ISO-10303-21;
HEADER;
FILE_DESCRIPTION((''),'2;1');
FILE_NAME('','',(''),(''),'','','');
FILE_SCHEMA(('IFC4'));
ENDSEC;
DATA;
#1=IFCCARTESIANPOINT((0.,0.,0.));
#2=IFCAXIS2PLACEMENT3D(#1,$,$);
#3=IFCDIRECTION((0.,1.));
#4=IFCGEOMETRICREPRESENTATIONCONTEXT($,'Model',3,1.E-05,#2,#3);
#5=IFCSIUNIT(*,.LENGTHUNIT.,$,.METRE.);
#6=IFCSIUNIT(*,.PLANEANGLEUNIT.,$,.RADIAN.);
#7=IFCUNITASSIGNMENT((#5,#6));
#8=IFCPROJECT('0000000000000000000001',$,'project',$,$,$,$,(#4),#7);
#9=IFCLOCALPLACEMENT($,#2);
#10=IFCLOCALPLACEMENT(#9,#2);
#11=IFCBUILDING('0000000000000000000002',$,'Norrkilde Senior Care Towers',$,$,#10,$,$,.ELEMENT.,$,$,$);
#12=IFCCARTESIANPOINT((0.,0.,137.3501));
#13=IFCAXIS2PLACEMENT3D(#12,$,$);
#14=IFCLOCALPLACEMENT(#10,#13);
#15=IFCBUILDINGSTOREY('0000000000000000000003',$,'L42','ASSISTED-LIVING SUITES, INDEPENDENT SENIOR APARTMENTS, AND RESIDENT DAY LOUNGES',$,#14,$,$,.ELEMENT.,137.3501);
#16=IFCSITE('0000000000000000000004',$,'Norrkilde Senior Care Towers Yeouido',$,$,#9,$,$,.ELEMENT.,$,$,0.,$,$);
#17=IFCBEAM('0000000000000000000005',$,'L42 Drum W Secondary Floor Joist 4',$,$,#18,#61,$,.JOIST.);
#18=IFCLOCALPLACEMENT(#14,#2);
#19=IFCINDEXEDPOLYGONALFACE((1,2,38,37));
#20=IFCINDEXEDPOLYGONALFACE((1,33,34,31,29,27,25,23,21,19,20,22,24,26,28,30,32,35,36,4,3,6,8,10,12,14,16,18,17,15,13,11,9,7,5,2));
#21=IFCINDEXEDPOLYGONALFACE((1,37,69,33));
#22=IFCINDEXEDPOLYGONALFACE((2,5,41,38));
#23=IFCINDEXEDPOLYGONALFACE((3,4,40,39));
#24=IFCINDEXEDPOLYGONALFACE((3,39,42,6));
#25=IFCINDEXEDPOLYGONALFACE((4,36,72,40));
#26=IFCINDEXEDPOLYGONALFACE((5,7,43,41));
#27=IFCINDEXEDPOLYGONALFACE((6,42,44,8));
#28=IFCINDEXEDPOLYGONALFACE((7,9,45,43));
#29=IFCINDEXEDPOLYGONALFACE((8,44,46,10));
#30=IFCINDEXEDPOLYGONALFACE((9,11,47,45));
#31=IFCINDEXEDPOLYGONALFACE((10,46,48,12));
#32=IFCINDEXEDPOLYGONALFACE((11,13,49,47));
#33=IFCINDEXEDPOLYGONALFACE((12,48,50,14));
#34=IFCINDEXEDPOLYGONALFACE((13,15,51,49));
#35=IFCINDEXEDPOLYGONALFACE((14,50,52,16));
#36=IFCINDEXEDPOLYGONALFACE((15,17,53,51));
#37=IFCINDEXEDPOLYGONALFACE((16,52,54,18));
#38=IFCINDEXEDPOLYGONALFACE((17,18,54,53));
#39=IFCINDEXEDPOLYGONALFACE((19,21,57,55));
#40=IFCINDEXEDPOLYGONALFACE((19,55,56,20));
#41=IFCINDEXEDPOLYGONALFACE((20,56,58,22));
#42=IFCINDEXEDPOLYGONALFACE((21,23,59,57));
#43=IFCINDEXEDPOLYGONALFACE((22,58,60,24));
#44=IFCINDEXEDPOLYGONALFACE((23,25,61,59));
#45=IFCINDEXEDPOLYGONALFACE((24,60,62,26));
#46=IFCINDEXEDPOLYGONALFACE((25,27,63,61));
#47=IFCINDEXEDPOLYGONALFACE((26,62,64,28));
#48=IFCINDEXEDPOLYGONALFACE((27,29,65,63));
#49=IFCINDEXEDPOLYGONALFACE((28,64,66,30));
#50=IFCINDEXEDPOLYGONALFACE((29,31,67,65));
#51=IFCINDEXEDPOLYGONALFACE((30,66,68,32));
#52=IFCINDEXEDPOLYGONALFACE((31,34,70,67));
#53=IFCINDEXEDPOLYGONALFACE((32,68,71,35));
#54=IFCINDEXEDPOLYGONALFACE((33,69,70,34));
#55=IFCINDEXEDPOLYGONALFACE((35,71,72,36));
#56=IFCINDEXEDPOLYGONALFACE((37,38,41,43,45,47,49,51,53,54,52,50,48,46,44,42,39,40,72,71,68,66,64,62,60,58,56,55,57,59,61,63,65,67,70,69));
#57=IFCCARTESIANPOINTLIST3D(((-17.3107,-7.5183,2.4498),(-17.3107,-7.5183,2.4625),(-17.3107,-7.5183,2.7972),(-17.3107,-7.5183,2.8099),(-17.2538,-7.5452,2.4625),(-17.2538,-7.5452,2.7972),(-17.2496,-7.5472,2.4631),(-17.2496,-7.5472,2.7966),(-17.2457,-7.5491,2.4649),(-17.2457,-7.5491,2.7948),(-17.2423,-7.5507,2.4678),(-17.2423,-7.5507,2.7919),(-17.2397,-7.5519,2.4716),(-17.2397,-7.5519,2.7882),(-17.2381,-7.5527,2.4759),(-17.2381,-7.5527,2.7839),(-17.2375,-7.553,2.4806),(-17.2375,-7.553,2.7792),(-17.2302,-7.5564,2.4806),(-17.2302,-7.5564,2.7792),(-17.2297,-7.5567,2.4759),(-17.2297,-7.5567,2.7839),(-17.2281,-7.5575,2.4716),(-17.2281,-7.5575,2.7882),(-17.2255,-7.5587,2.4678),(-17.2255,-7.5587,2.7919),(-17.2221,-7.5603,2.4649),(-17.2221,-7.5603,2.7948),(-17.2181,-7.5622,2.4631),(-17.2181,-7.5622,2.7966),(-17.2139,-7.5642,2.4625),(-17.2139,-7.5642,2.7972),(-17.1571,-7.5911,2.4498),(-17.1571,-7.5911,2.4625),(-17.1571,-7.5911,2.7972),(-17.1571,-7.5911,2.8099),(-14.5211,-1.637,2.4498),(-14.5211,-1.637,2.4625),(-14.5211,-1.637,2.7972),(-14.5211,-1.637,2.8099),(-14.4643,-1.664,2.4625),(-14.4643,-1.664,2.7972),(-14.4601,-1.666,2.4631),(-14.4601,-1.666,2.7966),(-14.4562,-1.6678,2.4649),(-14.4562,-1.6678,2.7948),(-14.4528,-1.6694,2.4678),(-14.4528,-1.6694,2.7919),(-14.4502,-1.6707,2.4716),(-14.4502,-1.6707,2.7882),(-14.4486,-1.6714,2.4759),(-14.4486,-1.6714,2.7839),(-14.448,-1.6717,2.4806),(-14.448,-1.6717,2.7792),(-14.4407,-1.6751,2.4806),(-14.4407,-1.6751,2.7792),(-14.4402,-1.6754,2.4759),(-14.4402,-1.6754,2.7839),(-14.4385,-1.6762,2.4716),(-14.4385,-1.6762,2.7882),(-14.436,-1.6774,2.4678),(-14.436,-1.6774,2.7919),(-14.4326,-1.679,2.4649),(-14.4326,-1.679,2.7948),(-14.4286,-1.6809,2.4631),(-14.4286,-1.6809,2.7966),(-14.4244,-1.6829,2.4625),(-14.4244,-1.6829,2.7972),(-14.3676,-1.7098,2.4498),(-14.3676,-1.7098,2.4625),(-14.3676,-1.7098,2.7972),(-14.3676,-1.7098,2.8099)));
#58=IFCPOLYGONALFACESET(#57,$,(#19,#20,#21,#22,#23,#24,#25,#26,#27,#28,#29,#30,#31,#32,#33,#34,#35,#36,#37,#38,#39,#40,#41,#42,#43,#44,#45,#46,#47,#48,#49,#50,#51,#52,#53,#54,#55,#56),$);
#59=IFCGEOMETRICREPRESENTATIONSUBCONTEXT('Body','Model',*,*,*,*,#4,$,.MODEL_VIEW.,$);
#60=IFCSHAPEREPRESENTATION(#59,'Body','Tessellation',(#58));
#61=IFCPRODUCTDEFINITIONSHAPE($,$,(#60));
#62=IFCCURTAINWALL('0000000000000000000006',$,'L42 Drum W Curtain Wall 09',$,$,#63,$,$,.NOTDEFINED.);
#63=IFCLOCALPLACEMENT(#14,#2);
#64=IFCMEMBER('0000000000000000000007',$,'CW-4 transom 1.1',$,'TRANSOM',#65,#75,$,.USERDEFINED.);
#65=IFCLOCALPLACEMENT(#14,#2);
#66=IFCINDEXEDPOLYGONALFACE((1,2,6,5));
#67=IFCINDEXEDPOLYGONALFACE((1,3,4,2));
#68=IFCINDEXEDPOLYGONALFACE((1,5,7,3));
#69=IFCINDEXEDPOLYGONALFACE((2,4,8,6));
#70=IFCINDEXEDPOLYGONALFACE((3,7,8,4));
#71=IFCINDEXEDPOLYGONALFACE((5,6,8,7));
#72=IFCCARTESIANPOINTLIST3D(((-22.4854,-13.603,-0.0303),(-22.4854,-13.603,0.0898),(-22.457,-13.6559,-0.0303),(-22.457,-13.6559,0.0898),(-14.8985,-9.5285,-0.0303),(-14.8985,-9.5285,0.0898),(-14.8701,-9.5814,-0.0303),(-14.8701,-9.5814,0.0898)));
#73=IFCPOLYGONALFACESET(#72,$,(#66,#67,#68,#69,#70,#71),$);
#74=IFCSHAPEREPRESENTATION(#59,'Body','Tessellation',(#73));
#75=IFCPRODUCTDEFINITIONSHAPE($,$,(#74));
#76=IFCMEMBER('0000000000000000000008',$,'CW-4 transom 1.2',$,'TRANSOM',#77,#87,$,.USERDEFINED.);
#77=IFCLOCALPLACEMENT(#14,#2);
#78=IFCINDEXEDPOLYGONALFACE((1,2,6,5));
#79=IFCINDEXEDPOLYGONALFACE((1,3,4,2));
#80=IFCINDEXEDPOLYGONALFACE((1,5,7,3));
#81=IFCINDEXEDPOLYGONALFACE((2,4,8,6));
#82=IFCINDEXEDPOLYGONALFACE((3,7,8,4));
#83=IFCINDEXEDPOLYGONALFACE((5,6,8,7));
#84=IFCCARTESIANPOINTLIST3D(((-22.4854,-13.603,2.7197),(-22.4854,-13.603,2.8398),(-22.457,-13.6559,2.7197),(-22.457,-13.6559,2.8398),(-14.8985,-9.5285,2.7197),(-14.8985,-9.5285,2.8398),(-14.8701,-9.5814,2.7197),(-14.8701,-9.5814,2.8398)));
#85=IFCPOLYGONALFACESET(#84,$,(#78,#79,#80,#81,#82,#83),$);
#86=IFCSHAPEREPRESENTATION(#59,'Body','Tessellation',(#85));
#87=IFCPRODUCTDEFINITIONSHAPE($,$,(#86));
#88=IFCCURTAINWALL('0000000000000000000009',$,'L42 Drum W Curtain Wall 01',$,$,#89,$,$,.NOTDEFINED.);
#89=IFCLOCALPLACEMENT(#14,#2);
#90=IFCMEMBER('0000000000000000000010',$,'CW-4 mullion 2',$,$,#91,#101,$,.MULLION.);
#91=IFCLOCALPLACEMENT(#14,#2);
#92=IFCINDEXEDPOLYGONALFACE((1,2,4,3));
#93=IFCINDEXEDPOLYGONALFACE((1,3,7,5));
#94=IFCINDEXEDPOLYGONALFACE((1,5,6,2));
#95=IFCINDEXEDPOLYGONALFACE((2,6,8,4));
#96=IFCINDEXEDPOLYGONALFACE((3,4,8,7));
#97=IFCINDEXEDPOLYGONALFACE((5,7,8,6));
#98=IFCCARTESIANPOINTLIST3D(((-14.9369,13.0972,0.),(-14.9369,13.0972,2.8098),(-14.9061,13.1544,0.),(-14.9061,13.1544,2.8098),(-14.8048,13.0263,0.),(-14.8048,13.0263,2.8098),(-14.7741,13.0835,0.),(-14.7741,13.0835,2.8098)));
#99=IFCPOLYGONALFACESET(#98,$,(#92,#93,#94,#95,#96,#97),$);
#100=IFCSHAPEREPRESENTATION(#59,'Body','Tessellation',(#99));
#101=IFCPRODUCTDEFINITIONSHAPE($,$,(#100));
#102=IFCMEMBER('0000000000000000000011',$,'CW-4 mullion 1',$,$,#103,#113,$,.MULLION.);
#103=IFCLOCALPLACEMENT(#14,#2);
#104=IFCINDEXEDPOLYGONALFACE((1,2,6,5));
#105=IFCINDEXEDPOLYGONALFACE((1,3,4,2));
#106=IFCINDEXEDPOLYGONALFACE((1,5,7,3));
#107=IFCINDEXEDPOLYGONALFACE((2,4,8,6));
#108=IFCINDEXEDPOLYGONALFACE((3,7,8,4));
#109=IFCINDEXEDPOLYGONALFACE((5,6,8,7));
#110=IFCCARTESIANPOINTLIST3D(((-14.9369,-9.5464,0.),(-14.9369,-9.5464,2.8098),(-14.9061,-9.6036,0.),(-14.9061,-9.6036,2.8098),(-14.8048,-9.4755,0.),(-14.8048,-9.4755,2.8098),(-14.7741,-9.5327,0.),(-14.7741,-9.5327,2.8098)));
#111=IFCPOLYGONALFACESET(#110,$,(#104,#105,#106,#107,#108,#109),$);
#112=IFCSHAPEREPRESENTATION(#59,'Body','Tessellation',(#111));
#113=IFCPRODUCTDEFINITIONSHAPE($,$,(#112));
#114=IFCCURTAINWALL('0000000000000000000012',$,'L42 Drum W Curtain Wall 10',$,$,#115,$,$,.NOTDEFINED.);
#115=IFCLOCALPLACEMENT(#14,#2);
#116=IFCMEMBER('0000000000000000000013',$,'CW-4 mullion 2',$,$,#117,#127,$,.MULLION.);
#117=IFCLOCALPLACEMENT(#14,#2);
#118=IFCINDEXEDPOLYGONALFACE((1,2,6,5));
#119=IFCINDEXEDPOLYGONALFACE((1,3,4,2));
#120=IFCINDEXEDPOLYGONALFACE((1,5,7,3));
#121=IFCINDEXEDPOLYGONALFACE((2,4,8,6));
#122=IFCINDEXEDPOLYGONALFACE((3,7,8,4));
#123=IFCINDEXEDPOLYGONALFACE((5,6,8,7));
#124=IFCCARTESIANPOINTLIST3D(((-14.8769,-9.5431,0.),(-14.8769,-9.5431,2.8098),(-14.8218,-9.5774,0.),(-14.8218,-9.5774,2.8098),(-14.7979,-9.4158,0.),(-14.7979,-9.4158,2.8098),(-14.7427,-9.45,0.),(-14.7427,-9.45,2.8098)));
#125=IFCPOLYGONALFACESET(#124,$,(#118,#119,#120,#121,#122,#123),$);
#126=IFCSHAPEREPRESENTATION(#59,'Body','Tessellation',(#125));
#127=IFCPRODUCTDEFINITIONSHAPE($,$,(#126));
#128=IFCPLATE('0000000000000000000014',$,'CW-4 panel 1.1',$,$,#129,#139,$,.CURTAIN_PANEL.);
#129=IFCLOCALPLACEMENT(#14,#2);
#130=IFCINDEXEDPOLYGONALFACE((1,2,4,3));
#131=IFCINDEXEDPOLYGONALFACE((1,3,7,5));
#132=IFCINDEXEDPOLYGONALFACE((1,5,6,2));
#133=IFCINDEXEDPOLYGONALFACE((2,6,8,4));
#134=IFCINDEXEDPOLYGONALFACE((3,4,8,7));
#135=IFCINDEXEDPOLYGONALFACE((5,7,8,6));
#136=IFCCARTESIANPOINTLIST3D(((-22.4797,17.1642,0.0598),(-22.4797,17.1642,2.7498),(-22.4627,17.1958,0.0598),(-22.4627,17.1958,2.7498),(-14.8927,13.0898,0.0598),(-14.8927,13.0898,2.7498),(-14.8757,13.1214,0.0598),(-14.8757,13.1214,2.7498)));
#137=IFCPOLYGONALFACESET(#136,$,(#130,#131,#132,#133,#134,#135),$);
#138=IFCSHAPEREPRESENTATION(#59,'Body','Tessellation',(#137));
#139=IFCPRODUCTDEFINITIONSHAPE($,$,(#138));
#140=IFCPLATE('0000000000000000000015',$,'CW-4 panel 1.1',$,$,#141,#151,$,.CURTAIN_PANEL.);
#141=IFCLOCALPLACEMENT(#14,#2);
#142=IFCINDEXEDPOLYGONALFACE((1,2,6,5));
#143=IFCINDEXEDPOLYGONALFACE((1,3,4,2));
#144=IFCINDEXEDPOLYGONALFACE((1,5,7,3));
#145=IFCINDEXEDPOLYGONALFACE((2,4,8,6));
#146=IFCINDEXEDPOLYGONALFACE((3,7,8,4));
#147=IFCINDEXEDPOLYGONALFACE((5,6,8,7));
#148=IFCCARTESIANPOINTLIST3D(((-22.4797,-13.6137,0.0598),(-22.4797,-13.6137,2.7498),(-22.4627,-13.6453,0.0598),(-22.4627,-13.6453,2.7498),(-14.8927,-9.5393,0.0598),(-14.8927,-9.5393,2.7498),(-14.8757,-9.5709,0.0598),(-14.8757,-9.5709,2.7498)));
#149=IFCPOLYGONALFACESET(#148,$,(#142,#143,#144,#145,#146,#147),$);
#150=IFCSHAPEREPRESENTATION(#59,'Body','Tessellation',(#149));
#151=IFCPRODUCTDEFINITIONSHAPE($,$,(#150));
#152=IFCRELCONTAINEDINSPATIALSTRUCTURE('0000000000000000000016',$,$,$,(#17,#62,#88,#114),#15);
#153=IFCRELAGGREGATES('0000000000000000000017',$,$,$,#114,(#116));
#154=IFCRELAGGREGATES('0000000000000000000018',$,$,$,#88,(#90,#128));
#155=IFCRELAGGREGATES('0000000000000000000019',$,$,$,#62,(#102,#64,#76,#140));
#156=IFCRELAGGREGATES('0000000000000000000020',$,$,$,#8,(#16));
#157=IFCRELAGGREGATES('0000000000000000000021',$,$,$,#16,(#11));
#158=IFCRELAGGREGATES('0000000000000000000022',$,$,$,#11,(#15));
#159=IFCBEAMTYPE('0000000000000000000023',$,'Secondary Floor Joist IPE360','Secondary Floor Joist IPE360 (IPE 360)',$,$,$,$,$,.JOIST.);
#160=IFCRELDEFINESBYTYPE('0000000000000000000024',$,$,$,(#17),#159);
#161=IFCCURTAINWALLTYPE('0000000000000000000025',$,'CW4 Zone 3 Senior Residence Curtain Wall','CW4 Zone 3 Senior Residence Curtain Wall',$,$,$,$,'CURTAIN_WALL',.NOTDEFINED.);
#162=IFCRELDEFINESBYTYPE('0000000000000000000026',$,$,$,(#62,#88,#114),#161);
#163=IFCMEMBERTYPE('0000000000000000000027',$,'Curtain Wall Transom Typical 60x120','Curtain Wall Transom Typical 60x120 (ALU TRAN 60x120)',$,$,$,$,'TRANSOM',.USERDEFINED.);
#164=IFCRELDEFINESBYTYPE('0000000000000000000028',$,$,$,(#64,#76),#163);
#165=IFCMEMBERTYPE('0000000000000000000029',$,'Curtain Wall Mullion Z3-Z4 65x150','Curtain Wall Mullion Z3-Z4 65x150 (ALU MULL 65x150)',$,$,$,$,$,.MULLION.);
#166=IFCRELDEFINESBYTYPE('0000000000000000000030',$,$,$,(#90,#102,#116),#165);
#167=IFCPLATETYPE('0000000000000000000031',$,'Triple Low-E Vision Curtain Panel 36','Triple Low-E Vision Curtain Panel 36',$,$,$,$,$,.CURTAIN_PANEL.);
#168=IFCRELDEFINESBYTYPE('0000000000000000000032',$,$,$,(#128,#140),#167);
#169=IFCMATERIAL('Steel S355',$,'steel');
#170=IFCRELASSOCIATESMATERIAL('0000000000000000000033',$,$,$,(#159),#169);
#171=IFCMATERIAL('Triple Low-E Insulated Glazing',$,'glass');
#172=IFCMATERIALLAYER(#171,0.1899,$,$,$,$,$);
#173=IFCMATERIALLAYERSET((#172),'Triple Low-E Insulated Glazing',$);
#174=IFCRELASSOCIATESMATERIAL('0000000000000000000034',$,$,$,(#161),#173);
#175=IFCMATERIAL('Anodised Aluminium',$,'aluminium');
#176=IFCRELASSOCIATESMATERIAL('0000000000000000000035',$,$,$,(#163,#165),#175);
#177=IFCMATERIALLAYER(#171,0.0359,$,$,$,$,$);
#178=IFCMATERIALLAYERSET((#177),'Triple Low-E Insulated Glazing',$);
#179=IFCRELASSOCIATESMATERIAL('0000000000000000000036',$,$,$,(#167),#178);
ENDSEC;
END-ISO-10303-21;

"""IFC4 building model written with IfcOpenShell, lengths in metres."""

from ifc_helpers import new_model, si_unit, direction, frame, origin, origin_2d, place, context, subcontext, project, spatial, rectangle, i_section, extrude, source, transform, mapped, material, layer, layer_set, material_profile, profile_set, type_object, type_shapes, element, aggregate, save


model = new_model("IFC4")

# Units and contexts
model_context = context("Model", 3, precision=1e-05, world=origin(), true_north=direction((0.0, 1.0)))
body_context = subcontext(model_context, "Body", "Model", "MODEL_VIEW")
ifc_project = project(units=[si_unit("LENGTHUNIT", "METRE"), si_unit("PLANEANGLEUNIT", "RADIAN")], contexts=[model_context])

# Site, building, storey
site_placement = place(None, origin())
site = spatial("IfcSite", under=ifc_project, at=site_placement, Name="Norrkilde Senior Care Towers Yeouido", CompositionType="ELEMENT", RefElevation=0.0)
building_placement = place(site_placement, origin())
building = spatial("IfcBuilding", under=site, at=building_placement, Name="Norrkilde Senior Care Towers", CompositionType="ELEMENT")
storey_placement = place(building_placement, frame((0.0, 0.0, 137.3501)))
storey = spatial("IfcBuildingStorey", under=building, at=storey_placement, Name="L42", Description="ASSISTED-LIVING SUITES, INDEPENDENT SENIOR APARTMENTS, AND RESIDENT DAY LOUNGES", CompositionType="ELEMENT", Elevation=137.3501)

# Beam
ifc_material_1 = material(Name="Steel S355", Category="steel")
ifc_material_profile_1 = material_profile(ifc_material_1, i_section(OverallWidth=0.1699, OverallDepth=0.3601, WebThickness=0.0081, FlangeThickness=0.0127, FilletRadius=0.0181, at=origin_2d()), Name="IPE 360")
ifc_profile_set_1 = profile_set([ifc_material_profile_1], Name="Steel S355")
beam_type_1 = type_object("IfcBeamType", Name="Secondary Floor Joist IPE360", Description="Secondary Floor Joist IPE360 (IPE 360)", PredefinedType="JOIST", material=ifc_profile_set_1)
shared_shape_1 = source(origin(), body_context, "Body", "SweptSolid", [
    extrude(i_section(OverallWidth=0.1699, OverallDepth=0.3601, WebThickness=0.0081, FlangeThickness=0.0127, FilletRadius=0.0181, at=origin_2d()), origin(), (0.0, 0.0, 1.0), 6.5093),
])
beam_1_placement = place(storey_placement, frame((-17.2339, -7.5547, 2.6299), z_axis=(0.428544, 0.903521, 0.0), x_axis=(-0.903521, 0.428544, 0.0)))
element("IfcBeam", 1, at=beam_1_placement, inside=storey, type_object=beam_type_1, Name="L42 Drum W Secondary Floor Joist 4", PredefinedType="JOIST", context=body_context, shape_type="MappedRepresentation", body=[
    mapped(shared_shape_1, transform((0.0, 0.0, 0.0), x_axis=(1.0, 0.0, 0.0), y_axis=(0.0, 1.0, 0.0), z_axis=(0.0, 0.0, 1.0), scale=1.0)),
])

# Curtain wall, members
ifc_material_2 = material(Name="Triple Low-E Insulated Glazing", Category="glass")
ifc_layer_1 = layer(ifc_material_2, 0.1899)
ifc_layer_set_1 = layer_set([ifc_layer_1], Name="Triple Low-E Insulated Glazing")
curtain_wall_type = type_object("IfcCurtainWallType", Name="CW4 Zone 3 Senior Residence Curtain Wall", Description="CW4 Zone 3 Senior Residence Curtain Wall", ElementType="CURTAIN_WALL", PredefinedType="NOTDEFINED", material=ifc_layer_set_1)
curtain_wall_1_placement = place(storey_placement, origin())
curtain_wall_1 = element("IfcCurtainWall", 2, at=curtain_wall_1_placement, inside=storey, type_object=curtain_wall_type, Name="L42 Drum W Curtain Wall 09", PredefinedType="NOTDEFINED")
ifc_material_3 = material(Name="Anodised Aluminium", Category="aluminium")
ifc_material_profile_2 = material_profile(ifc_material_3, rectangle(XDim=0.0601, YDim=0.1201, at=origin_2d()), Name="ALU TRAN 60x120")
ifc_profile_set_2 = profile_set([ifc_material_profile_2], Name="Anodised Aluminium")
member_type_1 = type_object("IfcMemberType", Name="Curtain Wall Transom Typical 60x120", Description="Curtain Wall Transom Typical 60x120 (ALU TRAN 60x120)", ElementType="TRANSOM", PredefinedType="USERDEFINED", material=ifc_profile_set_2)
shared_shape_2 = source(origin(), body_context, "Body", "SweptSolid", [
    extrude(rectangle(XDim=0.0601, YDim=0.1201, at=origin_2d()), origin(), (0.0, 0.0, 1.0), 8.6118),
])
type_shapes(member_type_1, [shared_shape_2])
member_1_placement = place(storey_placement, frame((-14.8843, -9.5549, 0.0298), z_axis=(-0.880994, -0.473127, 0.0), x_axis=(0.473127, -0.880994, 0.0)))
member_1 = element("IfcMember", 3, at=member_1_placement, type_object=member_type_1, Name="CW-4 transom 1.1", ObjectType="TRANSOM", PredefinedType="USERDEFINED", context=body_context, shape_type="MappedRepresentation", body=[
    mapped(shared_shape_2, transform((0.0, 0.0, 0.0), x_axis=(1.0, 0.0, 0.0), y_axis=(0.0, 1.0, 0.0), z_axis=(0.0, 0.0, 1.0), scale=1.0)),
])
member_2_placement = place(storey_placement, frame((-14.8843, -9.5549, 2.7798), z_axis=(-0.880994, -0.473127, 0.0), x_axis=(0.473127, -0.880994, 0.0)))
member_2 = element("IfcMember", 4, at=member_2_placement, type_object=member_type_1, Name="CW-4 transom 1.2", ObjectType="TRANSOM", PredefinedType="USERDEFINED", context=body_context, shape_type="MappedRepresentation", body=[
    mapped(shared_shape_2, transform((0.0, 0.0, 0.0), x_axis=(1.0, 0.0, 0.0), y_axis=(0.0, 1.0, 0.0), z_axis=(0.0, 0.0, 1.0), scale=1.0)),
])

# Curtain wall, member
curtain_wall_2_placement = place(storey_placement, origin())
curtain_wall_2 = element("IfcCurtainWall", 5, at=curtain_wall_2_placement, inside=storey, type_object=curtain_wall_type, Name="L42 Drum W Curtain Wall 01", PredefinedType="NOTDEFINED")
ifc_material_profile_3 = material_profile(ifc_material_3, rectangle(XDim=0.0649, YDim=0.1499, at=origin_2d()), Name="ALU MULL 65x150")
ifc_profile_set_3 = profile_set([ifc_material_profile_3], Name="Anodised Aluminium")
member_type_2 = type_object("IfcMemberType", Name="Curtain Wall Mullion Z3-Z4 65x150", Description="Curtain Wall Mullion Z3-Z4 65x150 (ALU MULL 65x150)", PredefinedType="MULLION", material=ifc_profile_set_3)
shared_shape_3 = source(origin(), body_context, "Body", "SweptSolid", [
    extrude(rectangle(XDim=0.0649, YDim=0.1499, at=origin_2d()), origin(), (0.0, 0.0, 1.0), 2.8098),
])
type_shapes(member_type_2, [shared_shape_3])
member_3_placement = place(storey_placement, frame((-14.8555, 13.0903, 0.0), z_axis=(0.0, 0.0, 1.0), x_axis=(0.473117, 0.881, 0.0)))
member_3 = element("IfcMember", 6, at=member_3_placement, type_object=member_type_2, Name="CW-4 mullion 2", PredefinedType="MULLION", context=body_context, shape_type="MappedRepresentation", body=[
    mapped(shared_shape_3, transform((0.0, 0.0, 0.0), x_axis=(1.0, 0.0, 0.0), y_axis=(0.0, 1.0, 0.0), z_axis=(0.0, 0.0, 1.0), scale=1.0)),
])

# Member
member_4_placement = place(storey_placement, frame((-14.8555, -9.5396, 0.0), z_axis=(0.0, 0.0, 1.0), x_axis=(0.473117, -0.881, 0.0)))
member_4 = element("IfcMember", 7, at=member_4_placement, type_object=member_type_2, Name="CW-4 mullion 1", PredefinedType="MULLION", context=body_context, shape_type="MappedRepresentation", body=[
    mapped(shared_shape_3, transform((0.0, 0.0, 0.0), x_axis=(1.0, 0.0, 0.0), y_axis=(0.0, 1.0, 0.0), z_axis=(0.0, 0.0, 1.0), scale=1.0)),
])

# Curtain wall, member
curtain_wall_3_placement = place(storey_placement, origin())
curtain_wall_3 = element("IfcCurtainWall", 8, at=curtain_wall_3_placement, inside=storey, type_object=curtain_wall_type, Name="L42 Drum W Curtain Wall 10", PredefinedType="NOTDEFINED")
member_5_placement = place(storey_placement, frame((-14.8098, -9.4966, 0.0), z_axis=(0.0, 0.0, 1.0), x_axis=(0.849634, -0.527373, 0.0)))
member_5 = element("IfcMember", 9, at=member_5_placement, type_object=member_type_2, Name="CW-4 mullion 2", PredefinedType="MULLION", context=body_context, shape_type="MappedRepresentation", body=[
    mapped(shared_shape_3, transform((0.0, 0.0, 0.0), x_axis=(1.0, 0.0, 0.0), y_axis=(0.0, 1.0, 0.0), z_axis=(0.0, 0.0, 1.0), scale=1.0)),
])
aggregate(curtain_wall_3, [member_5])

# Plates
ifc_layer_2 = layer(ifc_material_2, 0.0359)
ifc_layer_set_2 = layer_set([ifc_layer_2], Name="Triple Low-E Insulated Glazing")
plate_type = type_object("IfcPlateType", Name="Triple Low-E Vision Curtain Panel 36", Description="Triple Low-E Vision Curtain Panel 36", PredefinedType="CURTAIN_PANEL", material=ifc_layer_set_2)
shared_shape_4 = source(origin(), body_context, "Body", "SweptSolid", [
    extrude(rectangle(XDim=8.6118, YDim=0.0359, at=origin_2d()), origin(), (0.0, 0.0, 1.0), 2.6899),
])
type_shapes(plate_type, [shared_shape_4])
plate_1_placement = place(storey_placement, frame((-18.6777, 15.1428, 0.0598), z_axis=(0.0, 0.0, 1.0), x_axis=(0.881, -0.473117, 0.0)))
plate_1 = element("IfcPlate", 10, at=plate_1_placement, type_object=plate_type, Name="CW-4 panel 1.1", PredefinedType="CURTAIN_PANEL", context=body_context, shape_type="MappedRepresentation", body=[
    mapped(shared_shape_4, transform((0.0, 0.0, 0.0), x_axis=(1.0, 0.0, 0.0), y_axis=(0.0, 1.0, 0.0), z_axis=(0.0, 0.0, 1.0), scale=1.0)),
])
aggregate(curtain_wall_2, [member_3, plate_1])
plate_2_placement = place(storey_placement, frame((-18.6777, -11.5923, 0.0598), z_axis=(0.0, 0.0, 1.0), x_axis=(-0.881, -0.473117, 0.0)))
plate_2 = element("IfcPlate", 11, at=plate_2_placement, type_object=plate_type, Name="CW-4 panel 1.1", PredefinedType="CURTAIN_PANEL", context=body_context, shape_type="MappedRepresentation", body=[
    mapped(shared_shape_4, transform((0.0, 0.0, 0.0), x_axis=(1.0, 0.0, 0.0), y_axis=(0.0, 1.0, 0.0), z_axis=(0.0, 0.0, 1.0), scale=1.0)),
])
aggregate(curtain_wall_1, [member_4, member_1, member_2, plate_2])

save(model, "model.ifc")
